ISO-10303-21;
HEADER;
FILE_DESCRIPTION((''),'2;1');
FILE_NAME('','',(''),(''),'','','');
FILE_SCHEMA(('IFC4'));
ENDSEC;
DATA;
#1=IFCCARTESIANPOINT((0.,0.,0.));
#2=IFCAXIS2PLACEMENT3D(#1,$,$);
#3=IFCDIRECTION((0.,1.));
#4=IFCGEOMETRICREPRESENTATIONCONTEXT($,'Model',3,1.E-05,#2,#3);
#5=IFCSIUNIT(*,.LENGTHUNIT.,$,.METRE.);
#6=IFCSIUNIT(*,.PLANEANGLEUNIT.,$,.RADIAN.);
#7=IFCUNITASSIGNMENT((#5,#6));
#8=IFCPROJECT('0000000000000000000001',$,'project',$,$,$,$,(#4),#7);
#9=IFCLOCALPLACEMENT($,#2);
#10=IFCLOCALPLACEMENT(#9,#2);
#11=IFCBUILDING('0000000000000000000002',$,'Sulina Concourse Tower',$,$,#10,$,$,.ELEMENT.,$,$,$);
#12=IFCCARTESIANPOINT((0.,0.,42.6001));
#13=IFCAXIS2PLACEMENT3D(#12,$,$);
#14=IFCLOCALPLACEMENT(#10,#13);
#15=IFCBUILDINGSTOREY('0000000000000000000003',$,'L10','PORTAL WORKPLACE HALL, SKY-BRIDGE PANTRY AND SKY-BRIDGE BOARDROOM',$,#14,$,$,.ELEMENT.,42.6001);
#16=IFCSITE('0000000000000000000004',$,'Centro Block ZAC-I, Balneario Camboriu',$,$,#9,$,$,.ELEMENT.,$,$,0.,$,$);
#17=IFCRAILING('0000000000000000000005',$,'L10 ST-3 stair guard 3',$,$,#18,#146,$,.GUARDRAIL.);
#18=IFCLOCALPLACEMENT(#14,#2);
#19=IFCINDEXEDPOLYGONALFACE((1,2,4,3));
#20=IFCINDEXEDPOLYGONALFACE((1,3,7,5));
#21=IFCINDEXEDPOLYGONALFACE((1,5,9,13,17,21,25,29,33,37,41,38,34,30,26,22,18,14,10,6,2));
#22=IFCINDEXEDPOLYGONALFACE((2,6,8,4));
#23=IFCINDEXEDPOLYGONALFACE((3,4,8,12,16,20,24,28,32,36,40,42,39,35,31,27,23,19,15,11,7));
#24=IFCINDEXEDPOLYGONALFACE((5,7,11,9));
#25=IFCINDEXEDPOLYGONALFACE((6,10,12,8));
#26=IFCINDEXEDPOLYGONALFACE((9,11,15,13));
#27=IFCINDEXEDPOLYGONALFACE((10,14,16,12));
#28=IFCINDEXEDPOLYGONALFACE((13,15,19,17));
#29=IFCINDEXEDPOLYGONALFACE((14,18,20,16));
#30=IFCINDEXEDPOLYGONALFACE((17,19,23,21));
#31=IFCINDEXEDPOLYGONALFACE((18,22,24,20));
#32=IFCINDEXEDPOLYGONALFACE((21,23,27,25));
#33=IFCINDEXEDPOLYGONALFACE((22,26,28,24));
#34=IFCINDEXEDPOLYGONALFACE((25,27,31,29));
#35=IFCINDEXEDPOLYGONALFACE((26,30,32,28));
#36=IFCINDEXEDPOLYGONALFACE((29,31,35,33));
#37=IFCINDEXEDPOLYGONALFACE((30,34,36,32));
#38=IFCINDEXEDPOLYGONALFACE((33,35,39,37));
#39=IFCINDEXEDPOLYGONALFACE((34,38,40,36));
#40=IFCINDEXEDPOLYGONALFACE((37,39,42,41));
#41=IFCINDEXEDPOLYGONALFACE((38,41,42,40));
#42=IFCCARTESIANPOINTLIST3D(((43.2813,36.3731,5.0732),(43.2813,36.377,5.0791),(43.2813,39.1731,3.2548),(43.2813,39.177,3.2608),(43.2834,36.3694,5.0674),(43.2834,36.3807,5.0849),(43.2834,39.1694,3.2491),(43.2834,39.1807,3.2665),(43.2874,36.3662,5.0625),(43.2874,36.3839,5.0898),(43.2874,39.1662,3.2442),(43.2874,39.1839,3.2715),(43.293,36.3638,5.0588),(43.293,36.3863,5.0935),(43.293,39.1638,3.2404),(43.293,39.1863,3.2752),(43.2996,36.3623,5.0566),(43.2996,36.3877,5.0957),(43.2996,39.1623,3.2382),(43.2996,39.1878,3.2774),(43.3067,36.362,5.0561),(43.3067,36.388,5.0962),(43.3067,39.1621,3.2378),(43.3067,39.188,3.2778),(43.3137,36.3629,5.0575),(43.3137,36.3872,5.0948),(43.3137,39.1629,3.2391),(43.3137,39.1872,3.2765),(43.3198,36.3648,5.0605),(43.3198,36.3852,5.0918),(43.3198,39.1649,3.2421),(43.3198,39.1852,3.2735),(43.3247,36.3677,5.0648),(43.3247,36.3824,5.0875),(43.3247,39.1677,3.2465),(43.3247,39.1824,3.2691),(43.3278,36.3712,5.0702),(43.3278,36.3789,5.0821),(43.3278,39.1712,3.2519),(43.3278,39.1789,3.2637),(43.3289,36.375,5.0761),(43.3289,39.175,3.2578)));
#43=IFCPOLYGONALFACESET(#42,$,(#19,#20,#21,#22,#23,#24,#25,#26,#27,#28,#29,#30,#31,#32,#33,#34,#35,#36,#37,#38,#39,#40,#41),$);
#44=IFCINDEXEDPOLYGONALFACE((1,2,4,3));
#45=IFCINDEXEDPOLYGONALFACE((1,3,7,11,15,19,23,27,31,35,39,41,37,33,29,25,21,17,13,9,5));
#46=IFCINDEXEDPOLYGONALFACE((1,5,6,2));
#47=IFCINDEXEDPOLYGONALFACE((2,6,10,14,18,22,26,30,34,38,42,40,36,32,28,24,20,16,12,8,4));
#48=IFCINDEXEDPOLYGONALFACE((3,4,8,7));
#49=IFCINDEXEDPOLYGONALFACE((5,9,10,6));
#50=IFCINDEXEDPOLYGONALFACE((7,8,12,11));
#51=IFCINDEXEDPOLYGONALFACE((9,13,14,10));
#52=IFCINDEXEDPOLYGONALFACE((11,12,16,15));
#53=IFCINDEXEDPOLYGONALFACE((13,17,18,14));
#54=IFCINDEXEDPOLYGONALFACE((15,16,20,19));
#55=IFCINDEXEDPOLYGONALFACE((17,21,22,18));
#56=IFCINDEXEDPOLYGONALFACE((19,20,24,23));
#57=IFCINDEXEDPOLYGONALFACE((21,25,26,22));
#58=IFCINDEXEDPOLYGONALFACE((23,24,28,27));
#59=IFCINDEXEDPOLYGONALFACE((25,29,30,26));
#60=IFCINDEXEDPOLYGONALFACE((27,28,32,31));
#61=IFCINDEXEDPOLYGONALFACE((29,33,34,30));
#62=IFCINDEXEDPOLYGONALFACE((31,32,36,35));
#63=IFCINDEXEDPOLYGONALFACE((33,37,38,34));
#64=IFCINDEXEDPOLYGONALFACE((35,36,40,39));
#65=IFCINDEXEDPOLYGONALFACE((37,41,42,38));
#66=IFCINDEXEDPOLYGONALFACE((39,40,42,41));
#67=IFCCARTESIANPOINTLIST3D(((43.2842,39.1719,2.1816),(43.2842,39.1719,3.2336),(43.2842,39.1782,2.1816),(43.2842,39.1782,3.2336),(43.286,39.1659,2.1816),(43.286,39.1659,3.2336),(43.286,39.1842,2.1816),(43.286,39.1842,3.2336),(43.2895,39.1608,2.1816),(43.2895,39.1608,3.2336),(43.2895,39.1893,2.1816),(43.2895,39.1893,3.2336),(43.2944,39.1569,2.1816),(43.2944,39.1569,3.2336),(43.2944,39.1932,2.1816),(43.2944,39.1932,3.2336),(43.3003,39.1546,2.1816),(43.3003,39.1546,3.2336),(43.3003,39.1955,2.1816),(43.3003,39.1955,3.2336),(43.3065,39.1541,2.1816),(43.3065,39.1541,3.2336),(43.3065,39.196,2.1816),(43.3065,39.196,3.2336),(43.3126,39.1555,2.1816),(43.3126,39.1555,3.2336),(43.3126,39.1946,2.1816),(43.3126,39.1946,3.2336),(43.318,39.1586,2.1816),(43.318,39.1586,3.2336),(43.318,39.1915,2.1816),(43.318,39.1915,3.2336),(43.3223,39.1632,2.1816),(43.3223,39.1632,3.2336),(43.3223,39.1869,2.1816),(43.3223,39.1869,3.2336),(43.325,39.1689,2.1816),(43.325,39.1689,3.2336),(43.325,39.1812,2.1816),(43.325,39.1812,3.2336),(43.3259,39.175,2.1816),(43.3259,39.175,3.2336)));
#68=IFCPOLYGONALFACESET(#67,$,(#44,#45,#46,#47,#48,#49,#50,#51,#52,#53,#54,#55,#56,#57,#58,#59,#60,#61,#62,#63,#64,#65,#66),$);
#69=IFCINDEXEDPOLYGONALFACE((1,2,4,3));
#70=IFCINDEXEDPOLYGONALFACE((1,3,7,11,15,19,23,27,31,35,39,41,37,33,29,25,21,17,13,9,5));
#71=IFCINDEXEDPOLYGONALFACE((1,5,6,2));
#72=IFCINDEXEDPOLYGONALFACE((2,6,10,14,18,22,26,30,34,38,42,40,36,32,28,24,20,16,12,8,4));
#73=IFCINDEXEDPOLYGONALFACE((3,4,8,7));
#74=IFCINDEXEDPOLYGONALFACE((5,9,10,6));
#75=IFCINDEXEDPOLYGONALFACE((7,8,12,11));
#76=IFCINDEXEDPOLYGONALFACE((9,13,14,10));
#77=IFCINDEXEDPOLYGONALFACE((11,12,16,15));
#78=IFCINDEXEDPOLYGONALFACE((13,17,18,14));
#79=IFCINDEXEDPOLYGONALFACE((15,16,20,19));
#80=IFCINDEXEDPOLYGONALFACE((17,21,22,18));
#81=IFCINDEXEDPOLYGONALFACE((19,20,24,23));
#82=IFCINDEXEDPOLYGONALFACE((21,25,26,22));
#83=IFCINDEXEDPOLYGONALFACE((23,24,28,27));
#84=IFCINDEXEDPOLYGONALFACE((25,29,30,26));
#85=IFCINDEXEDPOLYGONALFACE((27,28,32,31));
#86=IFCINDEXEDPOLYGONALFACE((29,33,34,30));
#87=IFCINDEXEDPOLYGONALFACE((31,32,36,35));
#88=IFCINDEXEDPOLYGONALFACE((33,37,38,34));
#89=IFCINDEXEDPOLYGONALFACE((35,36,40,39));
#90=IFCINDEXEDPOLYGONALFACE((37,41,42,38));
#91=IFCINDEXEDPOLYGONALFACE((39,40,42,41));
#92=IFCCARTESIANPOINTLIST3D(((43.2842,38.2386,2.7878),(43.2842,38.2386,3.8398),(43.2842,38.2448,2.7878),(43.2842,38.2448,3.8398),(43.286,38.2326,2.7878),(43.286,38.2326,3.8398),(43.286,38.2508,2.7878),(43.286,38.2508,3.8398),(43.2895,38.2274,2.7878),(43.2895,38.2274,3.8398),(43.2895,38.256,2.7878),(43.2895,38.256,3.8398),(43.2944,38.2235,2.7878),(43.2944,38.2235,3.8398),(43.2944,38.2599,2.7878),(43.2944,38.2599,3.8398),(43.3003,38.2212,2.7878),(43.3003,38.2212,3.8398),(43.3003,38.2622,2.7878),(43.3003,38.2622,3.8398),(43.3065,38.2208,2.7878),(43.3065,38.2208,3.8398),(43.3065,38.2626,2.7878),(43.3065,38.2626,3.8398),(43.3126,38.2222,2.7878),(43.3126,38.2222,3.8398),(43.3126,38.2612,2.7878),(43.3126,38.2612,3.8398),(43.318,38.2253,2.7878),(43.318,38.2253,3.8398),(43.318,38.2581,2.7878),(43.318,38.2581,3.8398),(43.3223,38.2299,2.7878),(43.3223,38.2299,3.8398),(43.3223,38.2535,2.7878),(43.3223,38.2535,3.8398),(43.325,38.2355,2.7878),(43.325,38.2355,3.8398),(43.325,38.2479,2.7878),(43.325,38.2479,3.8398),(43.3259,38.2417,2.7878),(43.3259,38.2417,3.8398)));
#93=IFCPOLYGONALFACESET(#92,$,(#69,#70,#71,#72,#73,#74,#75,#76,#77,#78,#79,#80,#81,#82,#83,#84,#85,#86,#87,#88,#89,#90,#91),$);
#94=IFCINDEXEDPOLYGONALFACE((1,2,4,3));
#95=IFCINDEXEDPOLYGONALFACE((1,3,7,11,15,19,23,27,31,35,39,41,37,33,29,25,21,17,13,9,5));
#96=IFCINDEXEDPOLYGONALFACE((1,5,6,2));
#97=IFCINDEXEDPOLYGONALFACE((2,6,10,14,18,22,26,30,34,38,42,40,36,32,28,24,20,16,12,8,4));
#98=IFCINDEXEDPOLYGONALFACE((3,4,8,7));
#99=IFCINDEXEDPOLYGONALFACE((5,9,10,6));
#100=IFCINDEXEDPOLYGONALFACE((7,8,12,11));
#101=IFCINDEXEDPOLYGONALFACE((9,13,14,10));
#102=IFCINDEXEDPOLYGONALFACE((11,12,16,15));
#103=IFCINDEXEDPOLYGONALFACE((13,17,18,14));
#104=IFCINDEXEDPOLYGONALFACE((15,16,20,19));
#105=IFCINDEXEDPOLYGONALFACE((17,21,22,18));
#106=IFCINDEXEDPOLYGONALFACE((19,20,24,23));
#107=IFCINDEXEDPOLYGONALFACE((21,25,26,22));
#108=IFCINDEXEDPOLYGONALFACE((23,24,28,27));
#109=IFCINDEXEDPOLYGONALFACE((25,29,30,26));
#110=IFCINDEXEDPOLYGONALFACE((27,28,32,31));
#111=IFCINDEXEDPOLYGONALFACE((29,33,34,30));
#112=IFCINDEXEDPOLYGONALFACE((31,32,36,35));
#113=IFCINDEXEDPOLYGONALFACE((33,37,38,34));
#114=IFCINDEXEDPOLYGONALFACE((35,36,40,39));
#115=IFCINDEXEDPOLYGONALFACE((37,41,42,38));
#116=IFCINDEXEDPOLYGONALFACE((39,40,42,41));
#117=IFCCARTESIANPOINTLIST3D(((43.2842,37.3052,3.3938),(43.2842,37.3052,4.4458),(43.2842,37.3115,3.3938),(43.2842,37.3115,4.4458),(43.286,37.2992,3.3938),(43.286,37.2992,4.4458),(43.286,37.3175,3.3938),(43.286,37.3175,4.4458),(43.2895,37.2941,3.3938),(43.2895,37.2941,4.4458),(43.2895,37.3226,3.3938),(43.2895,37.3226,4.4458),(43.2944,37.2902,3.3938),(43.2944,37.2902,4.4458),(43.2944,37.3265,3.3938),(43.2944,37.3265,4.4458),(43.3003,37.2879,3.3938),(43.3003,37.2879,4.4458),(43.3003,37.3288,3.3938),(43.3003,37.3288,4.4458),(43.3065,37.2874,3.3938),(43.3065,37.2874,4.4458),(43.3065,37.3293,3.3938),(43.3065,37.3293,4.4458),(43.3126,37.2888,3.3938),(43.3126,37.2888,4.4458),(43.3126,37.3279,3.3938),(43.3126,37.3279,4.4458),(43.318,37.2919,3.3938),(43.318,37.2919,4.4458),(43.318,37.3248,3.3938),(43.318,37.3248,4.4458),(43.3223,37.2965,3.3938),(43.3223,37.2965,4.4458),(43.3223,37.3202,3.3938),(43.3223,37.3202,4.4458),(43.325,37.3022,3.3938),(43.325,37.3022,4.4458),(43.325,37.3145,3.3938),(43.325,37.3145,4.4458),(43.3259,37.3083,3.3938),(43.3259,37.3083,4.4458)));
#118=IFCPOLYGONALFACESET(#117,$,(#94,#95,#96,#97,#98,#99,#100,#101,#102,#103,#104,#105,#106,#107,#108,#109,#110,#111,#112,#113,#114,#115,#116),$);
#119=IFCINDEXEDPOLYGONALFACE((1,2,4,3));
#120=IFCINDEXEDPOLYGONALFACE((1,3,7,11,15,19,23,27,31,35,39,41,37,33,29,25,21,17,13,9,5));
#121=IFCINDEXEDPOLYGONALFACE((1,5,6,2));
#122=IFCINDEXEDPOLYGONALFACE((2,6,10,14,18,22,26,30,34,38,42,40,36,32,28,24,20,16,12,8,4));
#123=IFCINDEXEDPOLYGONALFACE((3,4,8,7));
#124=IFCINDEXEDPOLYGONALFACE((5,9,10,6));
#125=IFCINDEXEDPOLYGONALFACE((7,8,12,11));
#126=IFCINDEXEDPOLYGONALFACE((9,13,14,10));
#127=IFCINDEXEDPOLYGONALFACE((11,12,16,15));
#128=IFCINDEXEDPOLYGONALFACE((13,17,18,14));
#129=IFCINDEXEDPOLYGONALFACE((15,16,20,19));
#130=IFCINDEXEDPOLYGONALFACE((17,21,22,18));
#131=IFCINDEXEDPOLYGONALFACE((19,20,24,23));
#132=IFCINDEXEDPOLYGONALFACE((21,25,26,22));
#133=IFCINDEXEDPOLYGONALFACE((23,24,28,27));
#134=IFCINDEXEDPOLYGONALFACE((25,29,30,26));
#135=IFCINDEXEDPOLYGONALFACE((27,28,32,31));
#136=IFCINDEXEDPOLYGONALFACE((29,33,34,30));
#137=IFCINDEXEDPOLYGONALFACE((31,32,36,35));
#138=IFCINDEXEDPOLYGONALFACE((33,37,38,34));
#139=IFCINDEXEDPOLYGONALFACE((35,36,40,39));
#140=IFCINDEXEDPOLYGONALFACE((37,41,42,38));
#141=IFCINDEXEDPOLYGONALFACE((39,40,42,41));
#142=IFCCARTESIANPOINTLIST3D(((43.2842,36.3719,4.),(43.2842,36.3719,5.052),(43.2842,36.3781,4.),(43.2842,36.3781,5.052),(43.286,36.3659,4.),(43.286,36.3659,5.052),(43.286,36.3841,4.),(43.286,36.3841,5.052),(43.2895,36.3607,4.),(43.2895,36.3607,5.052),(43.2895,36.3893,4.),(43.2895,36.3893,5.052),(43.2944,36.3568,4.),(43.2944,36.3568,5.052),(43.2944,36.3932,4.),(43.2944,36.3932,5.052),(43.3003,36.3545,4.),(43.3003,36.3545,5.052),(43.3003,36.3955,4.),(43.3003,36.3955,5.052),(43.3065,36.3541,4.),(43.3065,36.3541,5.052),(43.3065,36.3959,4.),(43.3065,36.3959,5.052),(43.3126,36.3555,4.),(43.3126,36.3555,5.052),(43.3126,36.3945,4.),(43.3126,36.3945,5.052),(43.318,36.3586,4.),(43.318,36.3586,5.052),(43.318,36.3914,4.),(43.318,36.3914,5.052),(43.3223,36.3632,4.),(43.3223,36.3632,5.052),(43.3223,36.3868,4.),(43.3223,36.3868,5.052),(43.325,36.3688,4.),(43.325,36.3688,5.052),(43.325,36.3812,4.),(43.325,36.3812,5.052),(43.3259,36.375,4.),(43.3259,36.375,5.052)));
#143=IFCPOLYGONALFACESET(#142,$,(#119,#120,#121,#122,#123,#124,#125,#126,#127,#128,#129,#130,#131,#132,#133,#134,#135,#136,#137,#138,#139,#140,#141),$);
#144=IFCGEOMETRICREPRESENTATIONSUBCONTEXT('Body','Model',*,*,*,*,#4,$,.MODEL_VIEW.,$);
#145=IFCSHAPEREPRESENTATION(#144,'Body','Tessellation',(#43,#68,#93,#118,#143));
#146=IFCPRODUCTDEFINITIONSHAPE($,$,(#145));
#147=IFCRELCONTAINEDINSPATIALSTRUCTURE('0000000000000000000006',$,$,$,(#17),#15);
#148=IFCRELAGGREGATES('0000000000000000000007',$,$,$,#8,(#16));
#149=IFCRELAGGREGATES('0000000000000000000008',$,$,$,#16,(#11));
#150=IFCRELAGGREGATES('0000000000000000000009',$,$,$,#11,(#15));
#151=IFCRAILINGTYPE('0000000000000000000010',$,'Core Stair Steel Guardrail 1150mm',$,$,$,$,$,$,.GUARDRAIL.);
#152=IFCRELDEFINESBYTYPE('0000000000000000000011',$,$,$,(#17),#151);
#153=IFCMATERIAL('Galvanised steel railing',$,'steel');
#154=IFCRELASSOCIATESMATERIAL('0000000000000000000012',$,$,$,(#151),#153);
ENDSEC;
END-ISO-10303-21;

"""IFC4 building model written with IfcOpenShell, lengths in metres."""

from ifc_helpers import new_model, si_unit, direction, frame, origin, origin_2d, place, context, subcontext, project, spatial, circle, extrude, material, type_object, element, save


model = new_model("IFC4")

# Units and contexts
model_context = context("Model", 3, precision=1e-05, world=origin(), true_north=direction((0.0, 1.0)))
body_context = subcontext(model_context, "Body", "Model", "MODEL_VIEW")
ifc_project = project(units=[si_unit("LENGTHUNIT", "METRE"), si_unit("PLANEANGLEUNIT", "RADIAN")], contexts=[model_context])

# Site, building, storey
site_placement = place(None, origin())
site = spatial("IfcSite", under=ifc_project, at=site_placement, Name="Centro Block ZAC-I, Balneario Camboriu", CompositionType="ELEMENT", RefElevation=0.0)
building_placement = place(site_placement, origin())
building = spatial("IfcBuilding", under=site, at=building_placement, Name="Sulina Concourse Tower", CompositionType="ELEMENT")
storey_placement = place(building_placement, frame((0.0, 0.0, 42.6001)))
storey = spatial("IfcBuildingStorey", under=building, at=storey_placement, Name="L10", Description="PORTAL WORKPLACE HALL, SKY-BRIDGE PANTRY AND SKY-BRIDGE BOARDROOM", CompositionType="ELEMENT", Elevation=42.6001)

# Railing
ifc_material_1 = material(Name="Galvanised steel railing", Category="steel")
railing_type_1 = type_object("IfcRailingType", Name="Core Stair Steel Guardrail 1150mm", PredefinedType="GUARDRAIL", material=ifc_material_1)
railing_1_placement = place(storey_placement, frame((43.3049, 39.175, 2.1816)))
element("IfcRailing", 1, at=railing_1_placement, inside=storey, type_object=railing_type_1, Name="L10 ST-3 stair guard 3", PredefinedType="GUARDRAIL", context=body_context, shape_type="SweptSolid", body=[
    extrude(circle(Radius=0.0239, at=origin_2d()), frame((0.0, 0.0, 1.0762), z_axis=(0.0, -0.838672, 0.544636), x_axis=(1.0, 0.0, 0.0)), (0.0, 0.0, 1.0), 3.3386),
    extrude(circle(Radius=0.021, at=origin_2d()), origin(), (0.0, 0.0, 1.0), 1.052),
    extrude(circle(Radius=0.021, at=origin_2d()), frame((0.0, -0.9333, 0.6062)), (0.0, 0.0, 1.0), 1.052),
    extrude(circle(Radius=0.021, at=origin_2d()), frame((0.0, -1.8667, 1.2122)), (0.0, 0.0, 1.0), 1.052),
    extrude(circle(Radius=0.021, at=origin_2d()), frame((0.0, -2.8, 1.8184)), (0.0, 0.0, 1.0), 1.052),
])

save(model, "model.ifc")
